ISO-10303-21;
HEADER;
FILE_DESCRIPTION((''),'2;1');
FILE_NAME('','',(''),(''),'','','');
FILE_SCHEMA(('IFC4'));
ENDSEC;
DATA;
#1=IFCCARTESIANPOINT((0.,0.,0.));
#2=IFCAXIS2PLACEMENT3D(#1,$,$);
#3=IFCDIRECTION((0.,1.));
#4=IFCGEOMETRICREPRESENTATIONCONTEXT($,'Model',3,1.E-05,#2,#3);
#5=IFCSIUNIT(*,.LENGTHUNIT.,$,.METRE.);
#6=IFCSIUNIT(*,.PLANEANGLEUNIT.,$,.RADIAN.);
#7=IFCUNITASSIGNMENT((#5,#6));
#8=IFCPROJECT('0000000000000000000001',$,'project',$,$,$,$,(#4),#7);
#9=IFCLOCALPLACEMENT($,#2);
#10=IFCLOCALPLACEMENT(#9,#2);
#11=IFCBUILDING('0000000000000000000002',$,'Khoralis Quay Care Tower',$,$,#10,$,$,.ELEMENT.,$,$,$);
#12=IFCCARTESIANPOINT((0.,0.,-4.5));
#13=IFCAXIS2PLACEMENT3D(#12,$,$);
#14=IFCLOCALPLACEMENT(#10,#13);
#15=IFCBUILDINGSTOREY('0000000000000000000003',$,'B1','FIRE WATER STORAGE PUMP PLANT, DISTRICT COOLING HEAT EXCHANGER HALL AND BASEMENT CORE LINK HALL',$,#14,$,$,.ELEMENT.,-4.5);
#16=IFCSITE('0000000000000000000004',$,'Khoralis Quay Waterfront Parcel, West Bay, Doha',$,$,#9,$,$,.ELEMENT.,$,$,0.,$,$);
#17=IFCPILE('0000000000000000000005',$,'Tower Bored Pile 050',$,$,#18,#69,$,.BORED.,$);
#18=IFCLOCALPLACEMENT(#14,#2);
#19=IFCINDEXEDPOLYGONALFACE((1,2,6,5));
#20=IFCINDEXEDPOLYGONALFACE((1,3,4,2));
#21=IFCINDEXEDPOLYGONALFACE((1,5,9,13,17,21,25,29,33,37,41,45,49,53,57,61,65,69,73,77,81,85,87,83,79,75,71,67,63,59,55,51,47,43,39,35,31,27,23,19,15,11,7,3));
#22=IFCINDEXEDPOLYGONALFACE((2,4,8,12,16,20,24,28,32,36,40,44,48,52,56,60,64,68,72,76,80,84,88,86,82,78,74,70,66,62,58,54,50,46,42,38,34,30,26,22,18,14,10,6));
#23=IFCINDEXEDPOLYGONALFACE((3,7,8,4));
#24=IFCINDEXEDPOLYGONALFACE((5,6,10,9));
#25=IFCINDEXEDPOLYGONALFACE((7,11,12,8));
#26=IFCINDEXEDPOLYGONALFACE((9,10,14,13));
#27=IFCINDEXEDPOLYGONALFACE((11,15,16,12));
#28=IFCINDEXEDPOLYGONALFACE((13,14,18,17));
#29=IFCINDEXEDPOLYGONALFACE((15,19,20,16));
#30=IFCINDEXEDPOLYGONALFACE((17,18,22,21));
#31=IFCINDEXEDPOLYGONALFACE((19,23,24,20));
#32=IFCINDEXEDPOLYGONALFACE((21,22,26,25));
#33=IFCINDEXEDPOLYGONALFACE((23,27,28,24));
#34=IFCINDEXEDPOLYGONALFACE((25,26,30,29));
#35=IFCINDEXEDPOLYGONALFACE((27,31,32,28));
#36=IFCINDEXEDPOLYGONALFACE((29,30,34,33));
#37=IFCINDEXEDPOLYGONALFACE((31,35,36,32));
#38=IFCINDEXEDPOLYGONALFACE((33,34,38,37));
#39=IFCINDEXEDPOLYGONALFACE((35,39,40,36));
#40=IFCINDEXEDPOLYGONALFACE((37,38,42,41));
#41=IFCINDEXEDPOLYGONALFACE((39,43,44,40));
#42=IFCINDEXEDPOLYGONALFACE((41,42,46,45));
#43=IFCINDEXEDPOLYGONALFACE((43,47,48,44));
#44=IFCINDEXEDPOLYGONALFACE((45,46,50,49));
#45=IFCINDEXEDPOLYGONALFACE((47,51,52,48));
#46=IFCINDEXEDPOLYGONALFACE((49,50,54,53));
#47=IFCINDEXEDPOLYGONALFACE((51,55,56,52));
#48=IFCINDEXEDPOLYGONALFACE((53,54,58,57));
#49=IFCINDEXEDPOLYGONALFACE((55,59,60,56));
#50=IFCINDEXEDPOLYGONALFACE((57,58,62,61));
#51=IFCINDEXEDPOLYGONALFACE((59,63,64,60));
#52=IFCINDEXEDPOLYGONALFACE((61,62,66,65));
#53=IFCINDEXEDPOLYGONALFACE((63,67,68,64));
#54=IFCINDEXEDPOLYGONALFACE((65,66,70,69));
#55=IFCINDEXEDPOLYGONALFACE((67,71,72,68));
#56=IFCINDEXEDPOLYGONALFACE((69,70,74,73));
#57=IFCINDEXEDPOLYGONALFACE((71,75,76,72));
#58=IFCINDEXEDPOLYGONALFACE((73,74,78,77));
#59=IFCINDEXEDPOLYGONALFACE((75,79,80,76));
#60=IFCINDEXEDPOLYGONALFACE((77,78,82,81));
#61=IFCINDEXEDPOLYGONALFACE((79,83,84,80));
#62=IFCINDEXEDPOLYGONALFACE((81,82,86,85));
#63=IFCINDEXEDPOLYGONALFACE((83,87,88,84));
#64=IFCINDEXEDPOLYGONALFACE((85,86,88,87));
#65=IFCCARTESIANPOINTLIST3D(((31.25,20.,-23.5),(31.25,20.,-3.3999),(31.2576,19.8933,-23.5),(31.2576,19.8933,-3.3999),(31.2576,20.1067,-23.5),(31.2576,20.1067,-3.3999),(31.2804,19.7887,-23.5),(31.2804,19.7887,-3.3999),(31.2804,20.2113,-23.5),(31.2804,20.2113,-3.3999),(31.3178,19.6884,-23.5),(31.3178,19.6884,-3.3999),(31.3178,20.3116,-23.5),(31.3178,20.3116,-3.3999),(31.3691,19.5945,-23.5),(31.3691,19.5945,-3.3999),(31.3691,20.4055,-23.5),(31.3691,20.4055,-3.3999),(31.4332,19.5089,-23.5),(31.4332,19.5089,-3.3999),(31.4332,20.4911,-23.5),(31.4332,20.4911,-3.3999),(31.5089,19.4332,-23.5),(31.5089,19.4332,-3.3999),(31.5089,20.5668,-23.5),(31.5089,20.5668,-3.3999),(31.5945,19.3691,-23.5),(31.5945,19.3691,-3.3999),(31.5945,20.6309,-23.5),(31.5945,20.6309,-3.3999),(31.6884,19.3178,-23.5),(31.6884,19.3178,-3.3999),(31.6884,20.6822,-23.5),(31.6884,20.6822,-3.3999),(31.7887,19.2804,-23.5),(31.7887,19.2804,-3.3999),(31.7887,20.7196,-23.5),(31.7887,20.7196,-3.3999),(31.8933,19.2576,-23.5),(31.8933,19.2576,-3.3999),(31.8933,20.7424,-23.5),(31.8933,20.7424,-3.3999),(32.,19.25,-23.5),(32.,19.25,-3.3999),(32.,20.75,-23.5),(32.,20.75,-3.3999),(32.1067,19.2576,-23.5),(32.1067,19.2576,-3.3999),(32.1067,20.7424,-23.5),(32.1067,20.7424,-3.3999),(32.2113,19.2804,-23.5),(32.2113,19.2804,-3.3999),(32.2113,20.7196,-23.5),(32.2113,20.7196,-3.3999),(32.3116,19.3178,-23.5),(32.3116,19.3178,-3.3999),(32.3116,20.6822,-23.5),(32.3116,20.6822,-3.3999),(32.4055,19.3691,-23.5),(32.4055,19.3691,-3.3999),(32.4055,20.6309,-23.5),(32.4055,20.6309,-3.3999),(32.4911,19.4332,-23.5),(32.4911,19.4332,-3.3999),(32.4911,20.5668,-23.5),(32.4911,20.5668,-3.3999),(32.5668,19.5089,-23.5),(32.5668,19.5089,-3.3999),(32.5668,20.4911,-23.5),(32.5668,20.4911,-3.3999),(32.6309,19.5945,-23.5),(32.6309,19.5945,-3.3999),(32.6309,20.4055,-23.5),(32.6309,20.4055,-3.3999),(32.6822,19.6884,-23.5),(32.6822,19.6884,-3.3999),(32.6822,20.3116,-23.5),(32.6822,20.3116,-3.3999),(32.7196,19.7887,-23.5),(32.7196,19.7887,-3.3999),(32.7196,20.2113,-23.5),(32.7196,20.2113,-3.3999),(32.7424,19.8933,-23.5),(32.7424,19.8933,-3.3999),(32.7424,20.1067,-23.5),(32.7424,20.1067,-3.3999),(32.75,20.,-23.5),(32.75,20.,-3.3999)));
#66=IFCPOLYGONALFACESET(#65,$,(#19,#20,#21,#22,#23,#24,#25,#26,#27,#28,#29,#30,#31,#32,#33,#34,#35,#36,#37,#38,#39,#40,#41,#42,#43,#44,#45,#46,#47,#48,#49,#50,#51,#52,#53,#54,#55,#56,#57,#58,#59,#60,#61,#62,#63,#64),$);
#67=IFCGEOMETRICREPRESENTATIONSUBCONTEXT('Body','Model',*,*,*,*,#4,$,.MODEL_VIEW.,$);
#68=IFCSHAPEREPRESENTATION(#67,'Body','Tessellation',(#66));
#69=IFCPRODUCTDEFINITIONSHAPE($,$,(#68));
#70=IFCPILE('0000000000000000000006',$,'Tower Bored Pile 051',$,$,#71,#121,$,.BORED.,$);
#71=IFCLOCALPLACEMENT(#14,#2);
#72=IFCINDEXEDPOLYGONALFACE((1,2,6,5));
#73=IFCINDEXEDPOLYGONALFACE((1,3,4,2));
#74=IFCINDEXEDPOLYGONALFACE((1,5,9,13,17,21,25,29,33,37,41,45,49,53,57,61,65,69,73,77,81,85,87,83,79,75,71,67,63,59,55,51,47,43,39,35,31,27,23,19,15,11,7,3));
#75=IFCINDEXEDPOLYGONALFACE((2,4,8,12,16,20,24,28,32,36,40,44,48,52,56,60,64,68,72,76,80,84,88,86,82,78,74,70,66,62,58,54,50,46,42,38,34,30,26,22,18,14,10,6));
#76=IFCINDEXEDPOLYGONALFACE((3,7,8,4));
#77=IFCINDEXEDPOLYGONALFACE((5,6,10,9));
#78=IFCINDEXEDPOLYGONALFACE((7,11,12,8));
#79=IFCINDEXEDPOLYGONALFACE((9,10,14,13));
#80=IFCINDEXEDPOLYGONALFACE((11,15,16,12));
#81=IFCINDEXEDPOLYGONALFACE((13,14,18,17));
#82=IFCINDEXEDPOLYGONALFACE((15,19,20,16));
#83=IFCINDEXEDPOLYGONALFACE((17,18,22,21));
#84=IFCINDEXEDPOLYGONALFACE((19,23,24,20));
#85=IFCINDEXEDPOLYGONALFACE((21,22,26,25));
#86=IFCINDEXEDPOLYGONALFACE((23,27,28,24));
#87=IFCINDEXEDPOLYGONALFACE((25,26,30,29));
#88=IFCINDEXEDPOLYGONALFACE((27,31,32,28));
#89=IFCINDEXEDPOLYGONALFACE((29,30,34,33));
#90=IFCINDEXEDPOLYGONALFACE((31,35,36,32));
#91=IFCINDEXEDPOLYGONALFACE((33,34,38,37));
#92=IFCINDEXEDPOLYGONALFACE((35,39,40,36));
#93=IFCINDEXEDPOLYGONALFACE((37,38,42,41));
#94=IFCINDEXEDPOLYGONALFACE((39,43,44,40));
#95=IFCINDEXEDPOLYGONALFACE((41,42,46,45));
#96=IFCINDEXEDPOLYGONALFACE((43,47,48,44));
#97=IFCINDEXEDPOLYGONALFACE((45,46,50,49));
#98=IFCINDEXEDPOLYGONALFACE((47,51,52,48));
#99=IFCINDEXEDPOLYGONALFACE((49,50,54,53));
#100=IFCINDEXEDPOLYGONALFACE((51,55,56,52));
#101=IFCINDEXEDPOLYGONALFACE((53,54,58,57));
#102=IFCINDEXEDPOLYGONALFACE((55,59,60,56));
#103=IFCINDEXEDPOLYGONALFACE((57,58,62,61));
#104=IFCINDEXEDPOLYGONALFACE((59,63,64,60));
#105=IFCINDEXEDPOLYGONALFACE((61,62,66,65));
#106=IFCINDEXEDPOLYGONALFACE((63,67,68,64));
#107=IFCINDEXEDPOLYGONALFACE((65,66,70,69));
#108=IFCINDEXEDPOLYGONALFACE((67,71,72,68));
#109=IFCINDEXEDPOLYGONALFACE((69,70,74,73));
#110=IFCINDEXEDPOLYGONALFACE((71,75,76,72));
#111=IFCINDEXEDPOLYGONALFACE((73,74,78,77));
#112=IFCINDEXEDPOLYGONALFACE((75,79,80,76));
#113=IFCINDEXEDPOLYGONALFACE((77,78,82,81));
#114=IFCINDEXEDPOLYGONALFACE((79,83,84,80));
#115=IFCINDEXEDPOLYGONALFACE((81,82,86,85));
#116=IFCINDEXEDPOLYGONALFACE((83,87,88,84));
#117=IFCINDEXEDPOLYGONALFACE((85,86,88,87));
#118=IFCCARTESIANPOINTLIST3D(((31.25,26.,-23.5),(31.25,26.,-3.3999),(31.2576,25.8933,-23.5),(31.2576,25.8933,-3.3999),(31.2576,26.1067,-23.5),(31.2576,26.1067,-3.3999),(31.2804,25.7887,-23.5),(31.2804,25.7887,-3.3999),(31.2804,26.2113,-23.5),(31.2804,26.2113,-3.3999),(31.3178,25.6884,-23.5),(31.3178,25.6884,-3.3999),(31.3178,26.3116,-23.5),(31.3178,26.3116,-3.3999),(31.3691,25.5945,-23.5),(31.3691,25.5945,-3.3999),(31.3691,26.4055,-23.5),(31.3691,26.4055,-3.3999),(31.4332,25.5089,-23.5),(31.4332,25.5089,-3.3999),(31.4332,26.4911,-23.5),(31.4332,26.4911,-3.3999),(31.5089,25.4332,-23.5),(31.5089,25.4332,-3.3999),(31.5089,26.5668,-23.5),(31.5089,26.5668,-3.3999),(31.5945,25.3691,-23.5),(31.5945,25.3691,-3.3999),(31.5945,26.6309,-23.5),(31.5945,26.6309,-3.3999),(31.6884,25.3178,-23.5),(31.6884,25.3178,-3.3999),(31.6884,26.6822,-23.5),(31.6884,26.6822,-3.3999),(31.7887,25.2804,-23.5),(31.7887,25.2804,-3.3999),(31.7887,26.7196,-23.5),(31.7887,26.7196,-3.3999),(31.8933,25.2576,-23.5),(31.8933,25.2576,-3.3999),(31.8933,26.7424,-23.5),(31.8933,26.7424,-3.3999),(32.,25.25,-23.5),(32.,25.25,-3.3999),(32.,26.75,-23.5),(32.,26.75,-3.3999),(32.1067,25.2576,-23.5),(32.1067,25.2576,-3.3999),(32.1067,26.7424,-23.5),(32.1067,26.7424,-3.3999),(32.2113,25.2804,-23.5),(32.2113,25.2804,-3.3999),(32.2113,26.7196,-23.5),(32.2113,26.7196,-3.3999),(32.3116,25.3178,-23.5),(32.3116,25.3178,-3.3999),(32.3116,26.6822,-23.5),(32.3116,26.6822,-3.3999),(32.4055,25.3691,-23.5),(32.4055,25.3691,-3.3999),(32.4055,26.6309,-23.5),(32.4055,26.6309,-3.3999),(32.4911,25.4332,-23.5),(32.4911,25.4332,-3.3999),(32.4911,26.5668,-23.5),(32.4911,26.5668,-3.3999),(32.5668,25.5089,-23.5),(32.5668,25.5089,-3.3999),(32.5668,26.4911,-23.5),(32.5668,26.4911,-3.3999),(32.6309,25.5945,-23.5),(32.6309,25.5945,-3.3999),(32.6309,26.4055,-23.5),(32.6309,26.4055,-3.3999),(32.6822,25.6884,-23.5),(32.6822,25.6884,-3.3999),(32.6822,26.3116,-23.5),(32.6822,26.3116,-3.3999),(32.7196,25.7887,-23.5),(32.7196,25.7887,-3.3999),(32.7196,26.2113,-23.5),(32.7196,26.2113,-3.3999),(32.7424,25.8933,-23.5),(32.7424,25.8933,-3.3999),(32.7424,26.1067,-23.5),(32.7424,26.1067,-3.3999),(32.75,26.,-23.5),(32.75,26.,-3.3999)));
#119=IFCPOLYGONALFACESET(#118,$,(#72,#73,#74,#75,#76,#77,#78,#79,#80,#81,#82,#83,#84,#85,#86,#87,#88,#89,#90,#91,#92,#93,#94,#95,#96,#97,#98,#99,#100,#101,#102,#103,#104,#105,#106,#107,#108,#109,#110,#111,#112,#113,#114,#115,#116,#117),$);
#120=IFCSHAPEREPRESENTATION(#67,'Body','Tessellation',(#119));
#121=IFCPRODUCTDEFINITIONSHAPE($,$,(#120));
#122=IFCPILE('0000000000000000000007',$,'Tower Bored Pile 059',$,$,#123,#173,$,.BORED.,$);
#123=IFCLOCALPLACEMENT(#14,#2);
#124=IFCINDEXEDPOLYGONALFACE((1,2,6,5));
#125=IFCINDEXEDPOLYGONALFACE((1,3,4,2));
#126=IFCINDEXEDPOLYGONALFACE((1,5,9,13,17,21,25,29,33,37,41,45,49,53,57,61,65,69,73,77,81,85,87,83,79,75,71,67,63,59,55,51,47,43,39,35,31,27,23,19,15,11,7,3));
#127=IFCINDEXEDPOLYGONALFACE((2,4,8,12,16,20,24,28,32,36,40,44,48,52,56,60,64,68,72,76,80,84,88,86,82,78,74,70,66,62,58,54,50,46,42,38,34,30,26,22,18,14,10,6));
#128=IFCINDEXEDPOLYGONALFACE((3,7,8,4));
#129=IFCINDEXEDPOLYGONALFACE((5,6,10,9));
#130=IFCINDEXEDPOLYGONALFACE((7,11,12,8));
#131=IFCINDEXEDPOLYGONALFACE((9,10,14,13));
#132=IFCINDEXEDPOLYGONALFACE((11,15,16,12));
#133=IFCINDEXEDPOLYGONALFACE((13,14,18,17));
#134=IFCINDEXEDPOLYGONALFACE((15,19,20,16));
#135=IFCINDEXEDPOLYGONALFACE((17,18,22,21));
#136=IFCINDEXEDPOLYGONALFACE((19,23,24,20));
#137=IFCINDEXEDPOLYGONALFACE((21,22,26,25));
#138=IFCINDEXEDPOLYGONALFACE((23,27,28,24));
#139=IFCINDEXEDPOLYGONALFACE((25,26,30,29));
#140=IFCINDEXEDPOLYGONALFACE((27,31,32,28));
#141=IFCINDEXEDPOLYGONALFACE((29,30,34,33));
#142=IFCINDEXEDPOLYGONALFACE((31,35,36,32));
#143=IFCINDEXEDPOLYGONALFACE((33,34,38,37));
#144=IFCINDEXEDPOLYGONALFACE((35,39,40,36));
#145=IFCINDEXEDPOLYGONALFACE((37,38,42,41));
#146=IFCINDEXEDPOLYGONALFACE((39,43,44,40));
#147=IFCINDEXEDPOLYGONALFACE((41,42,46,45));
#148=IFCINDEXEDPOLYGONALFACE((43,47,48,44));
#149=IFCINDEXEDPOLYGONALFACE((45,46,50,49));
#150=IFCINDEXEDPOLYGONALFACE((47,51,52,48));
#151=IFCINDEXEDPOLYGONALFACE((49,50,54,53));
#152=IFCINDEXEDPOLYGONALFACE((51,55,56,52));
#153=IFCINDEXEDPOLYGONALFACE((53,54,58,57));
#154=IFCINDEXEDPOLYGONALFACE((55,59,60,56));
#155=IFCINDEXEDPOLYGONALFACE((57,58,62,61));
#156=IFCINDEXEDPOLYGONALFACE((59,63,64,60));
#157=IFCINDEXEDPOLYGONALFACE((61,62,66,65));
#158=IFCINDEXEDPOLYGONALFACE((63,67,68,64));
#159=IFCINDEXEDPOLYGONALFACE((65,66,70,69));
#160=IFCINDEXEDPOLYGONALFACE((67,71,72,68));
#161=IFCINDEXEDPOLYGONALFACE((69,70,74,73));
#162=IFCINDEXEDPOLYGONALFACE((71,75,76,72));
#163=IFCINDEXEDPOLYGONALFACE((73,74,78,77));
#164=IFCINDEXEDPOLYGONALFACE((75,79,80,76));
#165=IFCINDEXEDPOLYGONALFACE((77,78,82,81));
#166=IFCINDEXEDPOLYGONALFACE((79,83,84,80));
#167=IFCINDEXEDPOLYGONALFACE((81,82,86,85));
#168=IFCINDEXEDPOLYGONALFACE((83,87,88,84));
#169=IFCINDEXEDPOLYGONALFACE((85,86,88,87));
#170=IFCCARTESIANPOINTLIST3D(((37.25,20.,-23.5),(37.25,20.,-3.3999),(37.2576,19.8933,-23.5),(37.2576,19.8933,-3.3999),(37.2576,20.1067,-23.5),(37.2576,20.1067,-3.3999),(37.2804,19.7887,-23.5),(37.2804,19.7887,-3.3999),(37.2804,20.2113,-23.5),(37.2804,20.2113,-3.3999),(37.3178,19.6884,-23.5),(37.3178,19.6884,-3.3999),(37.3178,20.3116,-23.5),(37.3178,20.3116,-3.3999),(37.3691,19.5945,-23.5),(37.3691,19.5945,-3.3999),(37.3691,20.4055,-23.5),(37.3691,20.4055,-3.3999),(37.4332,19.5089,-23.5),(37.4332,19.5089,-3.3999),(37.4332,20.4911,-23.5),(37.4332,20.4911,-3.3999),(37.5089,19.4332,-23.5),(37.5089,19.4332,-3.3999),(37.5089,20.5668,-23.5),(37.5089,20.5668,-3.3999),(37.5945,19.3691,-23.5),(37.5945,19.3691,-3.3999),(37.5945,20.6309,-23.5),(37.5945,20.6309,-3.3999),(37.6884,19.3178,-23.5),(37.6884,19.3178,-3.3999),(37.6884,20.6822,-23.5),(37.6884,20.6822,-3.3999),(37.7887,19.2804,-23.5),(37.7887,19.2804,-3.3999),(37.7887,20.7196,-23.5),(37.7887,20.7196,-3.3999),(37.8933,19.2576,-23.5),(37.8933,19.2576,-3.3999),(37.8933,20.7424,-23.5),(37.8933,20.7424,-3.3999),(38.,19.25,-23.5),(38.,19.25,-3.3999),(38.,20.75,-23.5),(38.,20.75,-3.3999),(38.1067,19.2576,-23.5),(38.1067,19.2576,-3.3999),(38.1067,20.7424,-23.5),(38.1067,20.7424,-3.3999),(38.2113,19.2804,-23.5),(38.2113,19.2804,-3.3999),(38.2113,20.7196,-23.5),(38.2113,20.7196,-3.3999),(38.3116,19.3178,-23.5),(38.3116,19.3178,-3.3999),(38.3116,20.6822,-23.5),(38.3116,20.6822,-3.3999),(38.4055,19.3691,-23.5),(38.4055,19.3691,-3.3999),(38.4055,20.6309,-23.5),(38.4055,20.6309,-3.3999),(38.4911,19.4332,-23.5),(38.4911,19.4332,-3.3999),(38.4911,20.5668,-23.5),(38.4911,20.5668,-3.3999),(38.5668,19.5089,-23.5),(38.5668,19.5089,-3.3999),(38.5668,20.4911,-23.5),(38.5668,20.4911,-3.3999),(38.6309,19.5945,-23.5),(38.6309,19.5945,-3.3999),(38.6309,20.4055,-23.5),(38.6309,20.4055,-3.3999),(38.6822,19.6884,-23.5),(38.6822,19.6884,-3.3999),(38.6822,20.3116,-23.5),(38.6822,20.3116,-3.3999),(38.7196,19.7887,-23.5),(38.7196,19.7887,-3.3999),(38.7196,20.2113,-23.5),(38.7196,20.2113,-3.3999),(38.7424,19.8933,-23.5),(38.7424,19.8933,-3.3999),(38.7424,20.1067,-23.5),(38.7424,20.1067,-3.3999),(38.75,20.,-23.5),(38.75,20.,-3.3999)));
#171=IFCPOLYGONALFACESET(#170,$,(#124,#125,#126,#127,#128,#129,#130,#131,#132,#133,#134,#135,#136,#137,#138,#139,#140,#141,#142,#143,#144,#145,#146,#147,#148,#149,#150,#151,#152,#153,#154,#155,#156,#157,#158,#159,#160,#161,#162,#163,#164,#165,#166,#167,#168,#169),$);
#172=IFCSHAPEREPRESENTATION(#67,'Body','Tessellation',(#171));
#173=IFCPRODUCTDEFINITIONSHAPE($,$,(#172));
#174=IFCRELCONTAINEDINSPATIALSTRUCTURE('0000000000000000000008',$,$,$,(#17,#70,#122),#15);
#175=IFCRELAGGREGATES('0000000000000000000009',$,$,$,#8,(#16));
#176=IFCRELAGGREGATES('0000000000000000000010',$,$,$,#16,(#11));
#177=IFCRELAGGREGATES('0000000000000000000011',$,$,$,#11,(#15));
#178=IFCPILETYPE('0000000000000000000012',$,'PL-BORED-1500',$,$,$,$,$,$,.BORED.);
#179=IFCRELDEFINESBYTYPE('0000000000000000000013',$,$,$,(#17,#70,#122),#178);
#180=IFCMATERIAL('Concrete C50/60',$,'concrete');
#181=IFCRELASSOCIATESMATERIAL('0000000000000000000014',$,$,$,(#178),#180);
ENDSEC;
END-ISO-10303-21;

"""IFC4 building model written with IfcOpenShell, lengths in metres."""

from ifc_helpers import new_model, si_unit, direction, frame, origin, origin_2d, place, context, subcontext, project, spatial, circle, extrude, source, transform, mapped, material, material_profile, profile_set, type_object, element, save


model = new_model("IFC4")

# Units and contexts
model_context = context("Model", 3, precision=1e-05, world=origin(), true_north=direction((0.0, 1.0)))
body_context = subcontext(model_context, "Body", "Model", "MODEL_VIEW")
ifc_project = project(units=[si_unit("LENGTHUNIT", "METRE"), si_unit("PLANEANGLEUNIT", "RADIAN")], contexts=[model_context])

# Site, building, storey
site_placement = place(None, origin())
site = spatial("IfcSite", under=ifc_project, at=site_placement, Name="Khoralis Quay Waterfront Parcel, West Bay, Doha", CompositionType="ELEMENT", RefElevation=0.0)
building_placement = place(site_placement, origin())
building = spatial("IfcBuilding", under=site, at=building_placement, Name="Khoralis Quay Care Tower", CompositionType="ELEMENT")
storey_placement = place(building_placement, frame((0.0, 0.0, -4.5)))
storey = spatial("IfcBuildingStorey", under=building, at=storey_placement, Name="B1", Description="FIRE WATER STORAGE PUMP PLANT, DISTRICT COOLING HEAT EXCHANGER HALL AND BASEMENT CORE LINK HALL", CompositionType="ELEMENT", Elevation=-4.5)

# Piles
ifc_material_1 = material(Name="Concrete C50/60", Category="concrete")
ifc_material_profile_1 = material_profile(ifc_material_1, circle(Radius=0.75, at=origin_2d()), Name="Concrete C50/60")
ifc_profile_set_1 = profile_set([ifc_material_profile_1], Name="Concrete C50/60")
pile_type_1 = type_object("IfcPileType", Name="PL-BORED-1500", PredefinedType="BORED", material=ifc_profile_set_1)
shared_shape_1 = source(origin(), body_context, "Body", "SweptSolid", [
    extrude(circle(Radius=0.75, at=origin_2d()), origin(), (0.0, 0.0, 1.0), 20.1001),
])
for number, where, z_axis, x_axis, name in (
    (1, (32.0, 20.0, -3.3999), (0.0, 0.0, -1.0), (1.0, 0.0, 0.0), "Tower Bored Pile 050"),
    (2, (32.0, 26.0, -3.3999), (0.0, 0.0, -1.0), (1.0, 0.0, 0.0), "Tower Bored Pile 051"),
    (3, (38.0, 20.0, -3.3999), (0.0, 0.0, -1.0), (1.0, 0.0, 0.0), "Tower Bored Pile 059"),
):
    element("IfcPile", number, at=place(storey_placement, frame(where, z_axis=z_axis, x_axis=x_axis)), inside=storey, type_object=pile_type_1, Name=name, PredefinedType="BORED", context=body_context, shape_type="MappedRepresentation", body=[
        mapped(shared_shape_1, transform((0.0, 0.0, 0.0), scale=1.0)),
    ])

save(model, "model.ifc")
